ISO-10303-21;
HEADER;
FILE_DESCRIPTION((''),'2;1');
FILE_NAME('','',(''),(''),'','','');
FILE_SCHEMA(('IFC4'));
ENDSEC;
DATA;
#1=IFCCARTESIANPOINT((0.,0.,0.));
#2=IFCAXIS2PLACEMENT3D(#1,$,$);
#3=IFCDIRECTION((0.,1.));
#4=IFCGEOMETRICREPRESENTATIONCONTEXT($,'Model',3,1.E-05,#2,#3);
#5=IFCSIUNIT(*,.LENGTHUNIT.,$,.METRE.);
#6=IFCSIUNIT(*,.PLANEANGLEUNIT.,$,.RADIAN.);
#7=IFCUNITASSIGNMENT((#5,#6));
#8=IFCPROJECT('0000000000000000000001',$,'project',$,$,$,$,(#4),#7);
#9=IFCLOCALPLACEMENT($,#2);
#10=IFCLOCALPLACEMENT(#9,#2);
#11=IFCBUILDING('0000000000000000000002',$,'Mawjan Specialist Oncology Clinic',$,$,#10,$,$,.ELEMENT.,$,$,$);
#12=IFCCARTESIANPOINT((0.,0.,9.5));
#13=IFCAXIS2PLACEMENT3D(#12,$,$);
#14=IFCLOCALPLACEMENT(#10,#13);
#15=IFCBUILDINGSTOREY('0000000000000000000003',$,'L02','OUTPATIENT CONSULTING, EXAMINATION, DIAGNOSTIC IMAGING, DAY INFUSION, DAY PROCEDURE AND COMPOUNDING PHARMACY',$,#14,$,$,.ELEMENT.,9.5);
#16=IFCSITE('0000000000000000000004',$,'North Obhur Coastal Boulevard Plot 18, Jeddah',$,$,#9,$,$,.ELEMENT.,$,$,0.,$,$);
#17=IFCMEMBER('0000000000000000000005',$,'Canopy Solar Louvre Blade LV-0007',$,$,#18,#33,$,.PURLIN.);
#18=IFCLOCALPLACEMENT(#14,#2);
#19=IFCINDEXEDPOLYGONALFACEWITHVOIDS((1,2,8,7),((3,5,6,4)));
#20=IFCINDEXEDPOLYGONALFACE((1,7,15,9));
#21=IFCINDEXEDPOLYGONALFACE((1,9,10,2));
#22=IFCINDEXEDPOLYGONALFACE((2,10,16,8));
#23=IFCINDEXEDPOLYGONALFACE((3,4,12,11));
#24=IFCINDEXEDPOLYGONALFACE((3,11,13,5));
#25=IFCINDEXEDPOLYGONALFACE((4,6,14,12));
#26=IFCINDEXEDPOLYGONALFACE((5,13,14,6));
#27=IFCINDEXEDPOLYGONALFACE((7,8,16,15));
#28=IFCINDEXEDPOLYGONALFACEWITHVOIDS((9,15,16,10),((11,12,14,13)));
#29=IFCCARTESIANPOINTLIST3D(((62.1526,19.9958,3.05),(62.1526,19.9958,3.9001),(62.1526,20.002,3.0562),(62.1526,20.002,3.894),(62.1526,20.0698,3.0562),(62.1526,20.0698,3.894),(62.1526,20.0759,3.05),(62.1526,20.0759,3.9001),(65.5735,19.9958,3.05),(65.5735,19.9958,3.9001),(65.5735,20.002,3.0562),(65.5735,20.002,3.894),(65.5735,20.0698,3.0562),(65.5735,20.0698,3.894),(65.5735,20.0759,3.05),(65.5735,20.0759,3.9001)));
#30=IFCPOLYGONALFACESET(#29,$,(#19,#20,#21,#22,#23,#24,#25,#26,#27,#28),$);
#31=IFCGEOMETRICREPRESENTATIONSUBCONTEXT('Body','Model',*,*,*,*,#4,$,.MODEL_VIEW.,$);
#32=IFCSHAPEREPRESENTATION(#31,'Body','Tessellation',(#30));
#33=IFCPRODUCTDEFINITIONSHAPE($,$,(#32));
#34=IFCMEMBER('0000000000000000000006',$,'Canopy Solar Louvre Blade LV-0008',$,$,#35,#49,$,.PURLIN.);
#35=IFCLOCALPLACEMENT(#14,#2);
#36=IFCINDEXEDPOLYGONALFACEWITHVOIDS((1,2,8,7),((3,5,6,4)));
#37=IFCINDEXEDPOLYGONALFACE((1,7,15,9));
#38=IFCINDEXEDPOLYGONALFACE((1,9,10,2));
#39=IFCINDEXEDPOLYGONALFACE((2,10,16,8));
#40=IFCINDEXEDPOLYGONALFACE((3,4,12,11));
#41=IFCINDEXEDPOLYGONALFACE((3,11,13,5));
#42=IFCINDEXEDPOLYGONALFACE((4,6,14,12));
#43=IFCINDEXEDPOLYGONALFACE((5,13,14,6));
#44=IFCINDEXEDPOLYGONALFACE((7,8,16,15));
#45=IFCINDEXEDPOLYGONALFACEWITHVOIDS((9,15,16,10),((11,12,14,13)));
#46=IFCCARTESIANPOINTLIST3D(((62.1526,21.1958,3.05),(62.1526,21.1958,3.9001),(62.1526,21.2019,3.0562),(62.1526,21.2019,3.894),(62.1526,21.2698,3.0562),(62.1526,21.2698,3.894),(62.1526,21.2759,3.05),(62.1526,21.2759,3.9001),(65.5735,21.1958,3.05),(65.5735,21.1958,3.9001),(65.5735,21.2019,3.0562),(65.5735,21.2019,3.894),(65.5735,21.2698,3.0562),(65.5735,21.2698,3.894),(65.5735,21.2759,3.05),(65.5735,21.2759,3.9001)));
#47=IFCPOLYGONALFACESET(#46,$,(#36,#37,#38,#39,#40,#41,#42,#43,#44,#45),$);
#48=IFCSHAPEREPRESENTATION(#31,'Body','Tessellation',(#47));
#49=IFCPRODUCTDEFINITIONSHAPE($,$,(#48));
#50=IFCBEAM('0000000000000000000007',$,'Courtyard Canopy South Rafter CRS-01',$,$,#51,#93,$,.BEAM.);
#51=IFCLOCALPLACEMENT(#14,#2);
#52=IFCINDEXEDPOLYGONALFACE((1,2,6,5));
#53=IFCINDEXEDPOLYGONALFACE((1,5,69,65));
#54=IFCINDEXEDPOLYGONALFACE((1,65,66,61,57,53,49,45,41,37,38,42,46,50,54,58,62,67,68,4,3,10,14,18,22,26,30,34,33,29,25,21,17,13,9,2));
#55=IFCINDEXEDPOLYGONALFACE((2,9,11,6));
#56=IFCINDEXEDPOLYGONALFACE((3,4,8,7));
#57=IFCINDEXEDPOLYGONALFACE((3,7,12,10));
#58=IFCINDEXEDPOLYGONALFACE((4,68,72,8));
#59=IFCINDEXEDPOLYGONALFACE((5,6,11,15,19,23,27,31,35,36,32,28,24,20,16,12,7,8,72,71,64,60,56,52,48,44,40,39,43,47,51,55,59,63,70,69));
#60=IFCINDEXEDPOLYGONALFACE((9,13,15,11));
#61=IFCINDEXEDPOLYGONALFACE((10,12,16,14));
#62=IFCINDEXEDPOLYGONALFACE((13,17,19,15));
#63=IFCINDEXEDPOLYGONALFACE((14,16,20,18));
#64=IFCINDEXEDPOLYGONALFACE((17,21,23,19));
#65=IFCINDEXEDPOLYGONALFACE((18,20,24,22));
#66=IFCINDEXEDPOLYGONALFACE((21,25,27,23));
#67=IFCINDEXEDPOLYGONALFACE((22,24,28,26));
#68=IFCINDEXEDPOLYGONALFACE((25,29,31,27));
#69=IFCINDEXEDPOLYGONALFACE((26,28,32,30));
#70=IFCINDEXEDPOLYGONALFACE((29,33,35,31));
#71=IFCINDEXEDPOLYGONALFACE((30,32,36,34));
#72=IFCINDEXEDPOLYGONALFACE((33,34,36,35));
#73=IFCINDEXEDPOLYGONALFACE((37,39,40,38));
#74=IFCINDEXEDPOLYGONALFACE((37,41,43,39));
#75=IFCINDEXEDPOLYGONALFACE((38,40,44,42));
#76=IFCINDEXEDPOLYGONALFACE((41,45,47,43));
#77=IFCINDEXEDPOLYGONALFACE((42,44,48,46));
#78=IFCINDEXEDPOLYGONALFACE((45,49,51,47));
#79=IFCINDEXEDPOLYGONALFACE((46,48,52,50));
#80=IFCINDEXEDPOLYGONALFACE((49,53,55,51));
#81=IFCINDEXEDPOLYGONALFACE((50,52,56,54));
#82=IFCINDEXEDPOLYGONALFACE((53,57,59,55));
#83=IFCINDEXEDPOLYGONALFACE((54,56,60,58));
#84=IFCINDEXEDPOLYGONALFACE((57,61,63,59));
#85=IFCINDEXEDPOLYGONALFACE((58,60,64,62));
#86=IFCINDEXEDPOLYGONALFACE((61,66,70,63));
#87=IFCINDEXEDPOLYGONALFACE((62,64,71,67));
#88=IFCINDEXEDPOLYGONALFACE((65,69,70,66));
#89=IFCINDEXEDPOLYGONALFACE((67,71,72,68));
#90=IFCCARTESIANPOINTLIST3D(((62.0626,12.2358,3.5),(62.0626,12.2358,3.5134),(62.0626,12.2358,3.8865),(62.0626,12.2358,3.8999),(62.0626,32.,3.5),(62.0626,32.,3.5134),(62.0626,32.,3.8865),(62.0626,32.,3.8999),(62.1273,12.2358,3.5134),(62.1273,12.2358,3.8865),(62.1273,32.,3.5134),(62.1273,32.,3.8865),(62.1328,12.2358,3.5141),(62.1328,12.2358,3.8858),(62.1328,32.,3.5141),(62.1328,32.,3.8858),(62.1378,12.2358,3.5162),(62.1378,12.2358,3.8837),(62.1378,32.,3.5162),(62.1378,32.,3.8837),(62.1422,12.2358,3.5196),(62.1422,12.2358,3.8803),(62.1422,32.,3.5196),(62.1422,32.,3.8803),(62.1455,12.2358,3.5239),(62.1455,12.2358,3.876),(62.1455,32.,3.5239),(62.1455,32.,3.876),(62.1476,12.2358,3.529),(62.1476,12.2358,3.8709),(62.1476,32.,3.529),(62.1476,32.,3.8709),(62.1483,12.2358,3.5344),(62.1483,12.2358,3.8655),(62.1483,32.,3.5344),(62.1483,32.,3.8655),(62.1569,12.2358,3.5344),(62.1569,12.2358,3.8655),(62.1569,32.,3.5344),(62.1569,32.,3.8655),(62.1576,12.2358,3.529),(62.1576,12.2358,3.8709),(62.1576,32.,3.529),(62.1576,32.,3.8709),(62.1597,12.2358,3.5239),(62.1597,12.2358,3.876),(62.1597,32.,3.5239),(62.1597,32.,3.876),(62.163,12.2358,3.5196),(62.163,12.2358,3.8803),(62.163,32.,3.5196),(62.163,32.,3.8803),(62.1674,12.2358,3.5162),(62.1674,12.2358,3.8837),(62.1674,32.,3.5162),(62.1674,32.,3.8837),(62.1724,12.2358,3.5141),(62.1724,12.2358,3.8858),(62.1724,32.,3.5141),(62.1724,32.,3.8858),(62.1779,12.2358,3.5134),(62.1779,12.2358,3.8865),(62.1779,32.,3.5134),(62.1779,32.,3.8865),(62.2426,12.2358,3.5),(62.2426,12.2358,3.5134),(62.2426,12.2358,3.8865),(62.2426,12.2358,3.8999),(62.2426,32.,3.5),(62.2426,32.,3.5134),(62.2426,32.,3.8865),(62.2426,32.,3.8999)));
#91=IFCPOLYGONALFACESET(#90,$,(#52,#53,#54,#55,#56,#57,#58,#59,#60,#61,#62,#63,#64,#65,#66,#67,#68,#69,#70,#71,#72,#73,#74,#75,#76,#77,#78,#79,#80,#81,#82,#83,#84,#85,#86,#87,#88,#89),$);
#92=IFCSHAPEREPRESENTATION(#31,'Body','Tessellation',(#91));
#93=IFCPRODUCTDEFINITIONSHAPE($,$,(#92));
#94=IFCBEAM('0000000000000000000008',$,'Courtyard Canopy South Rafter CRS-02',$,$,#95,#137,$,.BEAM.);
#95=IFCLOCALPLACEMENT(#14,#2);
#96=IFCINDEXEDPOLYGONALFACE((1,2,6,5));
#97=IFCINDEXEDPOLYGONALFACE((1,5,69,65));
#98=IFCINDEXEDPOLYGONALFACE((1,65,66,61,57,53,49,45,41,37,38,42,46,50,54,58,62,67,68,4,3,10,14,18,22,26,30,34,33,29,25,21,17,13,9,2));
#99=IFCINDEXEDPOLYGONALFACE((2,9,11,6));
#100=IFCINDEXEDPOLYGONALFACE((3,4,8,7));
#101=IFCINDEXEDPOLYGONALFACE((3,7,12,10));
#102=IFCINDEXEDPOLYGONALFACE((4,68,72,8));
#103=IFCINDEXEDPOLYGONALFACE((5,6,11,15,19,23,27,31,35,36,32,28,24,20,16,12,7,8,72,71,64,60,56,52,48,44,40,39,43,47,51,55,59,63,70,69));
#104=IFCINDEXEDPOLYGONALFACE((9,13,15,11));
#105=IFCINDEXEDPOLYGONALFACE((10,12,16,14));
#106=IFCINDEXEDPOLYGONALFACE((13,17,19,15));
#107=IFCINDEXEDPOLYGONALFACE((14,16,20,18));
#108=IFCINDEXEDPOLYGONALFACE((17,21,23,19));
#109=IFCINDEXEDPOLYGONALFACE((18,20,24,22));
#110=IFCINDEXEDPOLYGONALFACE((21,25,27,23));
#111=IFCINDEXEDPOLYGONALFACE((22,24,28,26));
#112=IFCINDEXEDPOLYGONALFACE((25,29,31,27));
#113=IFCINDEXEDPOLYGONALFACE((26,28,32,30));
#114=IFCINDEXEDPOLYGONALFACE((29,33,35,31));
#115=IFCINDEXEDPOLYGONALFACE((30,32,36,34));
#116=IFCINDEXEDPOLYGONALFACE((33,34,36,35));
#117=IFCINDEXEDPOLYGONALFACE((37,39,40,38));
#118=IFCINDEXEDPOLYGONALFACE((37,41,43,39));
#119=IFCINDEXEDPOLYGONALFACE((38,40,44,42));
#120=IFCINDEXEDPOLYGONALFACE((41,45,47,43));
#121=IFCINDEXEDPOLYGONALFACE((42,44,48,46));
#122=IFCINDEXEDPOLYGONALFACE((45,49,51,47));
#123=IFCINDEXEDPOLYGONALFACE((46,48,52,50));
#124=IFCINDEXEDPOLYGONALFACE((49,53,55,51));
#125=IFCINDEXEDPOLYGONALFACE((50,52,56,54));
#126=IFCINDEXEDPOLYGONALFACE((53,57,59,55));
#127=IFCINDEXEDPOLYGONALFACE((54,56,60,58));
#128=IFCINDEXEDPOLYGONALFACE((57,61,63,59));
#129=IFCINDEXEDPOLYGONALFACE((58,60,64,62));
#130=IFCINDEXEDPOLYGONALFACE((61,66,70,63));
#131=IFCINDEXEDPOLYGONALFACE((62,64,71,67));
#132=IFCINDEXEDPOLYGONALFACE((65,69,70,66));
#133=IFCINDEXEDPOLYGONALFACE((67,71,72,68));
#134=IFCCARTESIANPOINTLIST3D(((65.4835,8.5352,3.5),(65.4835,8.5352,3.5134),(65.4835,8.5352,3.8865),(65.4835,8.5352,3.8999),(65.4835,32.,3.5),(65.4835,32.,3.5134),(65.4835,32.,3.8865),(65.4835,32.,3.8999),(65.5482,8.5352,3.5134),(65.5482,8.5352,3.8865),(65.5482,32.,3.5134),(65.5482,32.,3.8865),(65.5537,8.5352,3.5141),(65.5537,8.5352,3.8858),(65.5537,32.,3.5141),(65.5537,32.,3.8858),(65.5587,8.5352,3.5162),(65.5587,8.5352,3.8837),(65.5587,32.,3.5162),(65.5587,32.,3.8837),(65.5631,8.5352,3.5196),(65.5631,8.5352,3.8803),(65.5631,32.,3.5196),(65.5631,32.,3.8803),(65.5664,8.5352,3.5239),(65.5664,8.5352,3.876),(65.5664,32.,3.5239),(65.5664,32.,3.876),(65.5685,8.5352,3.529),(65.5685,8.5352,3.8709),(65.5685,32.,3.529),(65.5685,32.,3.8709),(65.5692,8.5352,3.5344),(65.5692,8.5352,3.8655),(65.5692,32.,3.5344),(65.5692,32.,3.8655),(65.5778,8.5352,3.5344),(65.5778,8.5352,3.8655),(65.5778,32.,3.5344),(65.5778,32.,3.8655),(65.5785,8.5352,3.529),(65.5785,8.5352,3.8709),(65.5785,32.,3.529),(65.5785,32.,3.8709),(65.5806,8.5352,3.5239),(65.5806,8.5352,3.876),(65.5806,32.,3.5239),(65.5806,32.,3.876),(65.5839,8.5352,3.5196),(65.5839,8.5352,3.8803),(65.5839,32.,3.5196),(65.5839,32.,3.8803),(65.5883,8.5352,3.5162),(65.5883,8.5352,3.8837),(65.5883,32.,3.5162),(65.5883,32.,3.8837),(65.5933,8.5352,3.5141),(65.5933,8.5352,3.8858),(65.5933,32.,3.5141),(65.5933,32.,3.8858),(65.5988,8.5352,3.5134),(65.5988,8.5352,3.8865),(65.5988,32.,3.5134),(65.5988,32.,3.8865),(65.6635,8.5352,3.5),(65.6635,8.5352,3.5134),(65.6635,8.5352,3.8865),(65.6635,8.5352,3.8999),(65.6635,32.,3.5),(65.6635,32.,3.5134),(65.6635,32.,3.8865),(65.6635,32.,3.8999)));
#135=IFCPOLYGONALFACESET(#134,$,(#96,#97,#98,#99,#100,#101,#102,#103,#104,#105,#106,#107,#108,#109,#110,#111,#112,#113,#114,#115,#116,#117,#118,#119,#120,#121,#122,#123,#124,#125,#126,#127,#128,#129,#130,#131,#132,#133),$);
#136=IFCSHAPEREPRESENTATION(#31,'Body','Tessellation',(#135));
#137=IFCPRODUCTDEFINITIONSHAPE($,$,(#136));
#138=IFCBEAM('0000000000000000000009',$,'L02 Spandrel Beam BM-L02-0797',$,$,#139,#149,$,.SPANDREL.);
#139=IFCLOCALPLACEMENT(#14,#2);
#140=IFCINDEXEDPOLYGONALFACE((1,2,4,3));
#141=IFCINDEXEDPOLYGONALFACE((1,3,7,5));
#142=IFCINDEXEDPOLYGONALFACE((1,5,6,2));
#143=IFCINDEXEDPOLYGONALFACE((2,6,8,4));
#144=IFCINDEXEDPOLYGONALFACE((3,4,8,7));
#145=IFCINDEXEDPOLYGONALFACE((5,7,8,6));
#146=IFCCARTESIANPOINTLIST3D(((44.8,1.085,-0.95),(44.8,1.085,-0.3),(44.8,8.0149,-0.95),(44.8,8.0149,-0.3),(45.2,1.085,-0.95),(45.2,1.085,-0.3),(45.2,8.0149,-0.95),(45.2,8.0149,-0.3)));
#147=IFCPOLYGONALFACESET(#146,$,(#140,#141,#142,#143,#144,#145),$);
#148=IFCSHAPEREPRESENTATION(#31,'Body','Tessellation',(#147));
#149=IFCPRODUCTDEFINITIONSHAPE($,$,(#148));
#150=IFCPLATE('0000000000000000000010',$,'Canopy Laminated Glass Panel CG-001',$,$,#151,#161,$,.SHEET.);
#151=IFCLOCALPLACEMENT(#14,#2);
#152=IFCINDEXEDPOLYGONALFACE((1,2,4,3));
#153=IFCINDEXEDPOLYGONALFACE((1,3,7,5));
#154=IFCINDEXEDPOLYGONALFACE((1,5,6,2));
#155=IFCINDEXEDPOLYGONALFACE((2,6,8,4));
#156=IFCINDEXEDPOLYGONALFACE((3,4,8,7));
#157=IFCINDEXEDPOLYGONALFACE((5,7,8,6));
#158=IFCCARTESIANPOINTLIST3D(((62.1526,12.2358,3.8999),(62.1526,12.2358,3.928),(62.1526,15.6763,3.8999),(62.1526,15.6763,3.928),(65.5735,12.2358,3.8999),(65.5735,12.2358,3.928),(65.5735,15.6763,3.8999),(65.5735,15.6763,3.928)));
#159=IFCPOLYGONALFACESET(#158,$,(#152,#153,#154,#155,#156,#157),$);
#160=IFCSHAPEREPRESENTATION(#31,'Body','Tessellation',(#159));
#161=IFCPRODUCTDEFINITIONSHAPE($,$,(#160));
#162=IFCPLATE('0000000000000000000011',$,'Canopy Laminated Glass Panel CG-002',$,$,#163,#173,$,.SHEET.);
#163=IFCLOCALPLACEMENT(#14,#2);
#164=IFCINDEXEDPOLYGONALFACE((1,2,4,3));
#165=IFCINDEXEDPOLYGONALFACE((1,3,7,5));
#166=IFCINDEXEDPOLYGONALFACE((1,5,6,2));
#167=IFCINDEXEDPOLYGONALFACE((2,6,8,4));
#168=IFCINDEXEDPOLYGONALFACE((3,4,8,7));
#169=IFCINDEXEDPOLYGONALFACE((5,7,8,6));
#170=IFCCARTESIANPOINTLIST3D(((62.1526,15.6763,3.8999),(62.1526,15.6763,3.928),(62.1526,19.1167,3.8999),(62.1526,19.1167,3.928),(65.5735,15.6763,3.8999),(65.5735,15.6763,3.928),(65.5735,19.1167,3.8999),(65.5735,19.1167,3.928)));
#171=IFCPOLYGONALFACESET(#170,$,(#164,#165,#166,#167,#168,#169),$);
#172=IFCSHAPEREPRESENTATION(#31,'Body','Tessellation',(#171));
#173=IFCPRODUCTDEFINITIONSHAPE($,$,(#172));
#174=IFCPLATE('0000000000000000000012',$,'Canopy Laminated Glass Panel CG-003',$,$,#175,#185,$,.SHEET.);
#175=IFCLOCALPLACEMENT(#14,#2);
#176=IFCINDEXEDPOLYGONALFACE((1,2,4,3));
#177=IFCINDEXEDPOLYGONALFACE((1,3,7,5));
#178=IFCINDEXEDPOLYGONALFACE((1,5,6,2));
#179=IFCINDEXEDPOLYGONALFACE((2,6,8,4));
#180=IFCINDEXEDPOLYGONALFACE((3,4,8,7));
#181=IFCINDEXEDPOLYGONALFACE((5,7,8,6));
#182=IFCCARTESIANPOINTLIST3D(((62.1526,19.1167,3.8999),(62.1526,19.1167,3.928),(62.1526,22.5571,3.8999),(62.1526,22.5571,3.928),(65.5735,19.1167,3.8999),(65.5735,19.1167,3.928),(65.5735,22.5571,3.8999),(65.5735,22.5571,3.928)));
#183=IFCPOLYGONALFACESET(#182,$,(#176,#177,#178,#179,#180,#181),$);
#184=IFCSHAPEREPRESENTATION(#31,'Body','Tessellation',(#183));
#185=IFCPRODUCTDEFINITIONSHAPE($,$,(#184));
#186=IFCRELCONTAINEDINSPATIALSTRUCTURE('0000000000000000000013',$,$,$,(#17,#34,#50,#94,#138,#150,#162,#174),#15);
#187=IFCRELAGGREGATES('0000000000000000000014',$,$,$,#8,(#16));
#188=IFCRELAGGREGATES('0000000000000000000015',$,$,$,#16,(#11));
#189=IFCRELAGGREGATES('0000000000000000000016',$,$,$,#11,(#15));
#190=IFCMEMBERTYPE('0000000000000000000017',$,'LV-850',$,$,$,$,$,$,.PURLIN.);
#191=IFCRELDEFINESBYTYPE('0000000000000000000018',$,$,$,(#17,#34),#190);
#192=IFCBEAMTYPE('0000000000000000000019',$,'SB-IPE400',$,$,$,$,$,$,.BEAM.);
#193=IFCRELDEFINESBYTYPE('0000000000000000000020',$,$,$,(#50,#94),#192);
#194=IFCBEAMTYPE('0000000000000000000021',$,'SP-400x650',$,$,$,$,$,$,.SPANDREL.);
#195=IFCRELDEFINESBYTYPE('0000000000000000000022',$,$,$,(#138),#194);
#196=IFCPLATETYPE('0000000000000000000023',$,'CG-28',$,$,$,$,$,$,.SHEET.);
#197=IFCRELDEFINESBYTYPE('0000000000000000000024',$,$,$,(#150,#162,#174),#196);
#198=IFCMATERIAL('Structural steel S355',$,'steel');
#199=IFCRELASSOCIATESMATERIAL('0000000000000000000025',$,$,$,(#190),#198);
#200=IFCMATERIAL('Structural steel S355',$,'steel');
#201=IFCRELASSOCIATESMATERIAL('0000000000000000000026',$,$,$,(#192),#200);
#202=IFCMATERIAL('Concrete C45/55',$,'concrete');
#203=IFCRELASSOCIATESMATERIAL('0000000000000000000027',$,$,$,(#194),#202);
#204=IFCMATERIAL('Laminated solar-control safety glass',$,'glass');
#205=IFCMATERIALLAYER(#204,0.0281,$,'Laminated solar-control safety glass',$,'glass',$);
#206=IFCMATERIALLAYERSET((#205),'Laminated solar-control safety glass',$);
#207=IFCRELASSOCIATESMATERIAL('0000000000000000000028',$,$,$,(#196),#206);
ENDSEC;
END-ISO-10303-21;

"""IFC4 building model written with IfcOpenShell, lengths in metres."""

from ifc_helpers import new_model, si_unit, direction, frame, origin, origin_2d, place, context, subcontext, project, spatial, rectangle, hollow_rectangle, i_section, extrude, material, layer, layer_set, material_profile, profile_set, type_object, element, save


model = new_model("IFC4")

# Units and contexts
model_context = context("Model", 3, precision=1e-05, world=origin(), true_north=direction((0.0, 1.0)))
body_context = subcontext(model_context, "Body", "Model", "MODEL_VIEW")
ifc_project = project(units=[si_unit("LENGTHUNIT", "METRE"), si_unit("PLANEANGLEUNIT", "RADIAN")], contexts=[model_context])

# Site, building, storey
site_placement = place(None, origin())
site = spatial("IfcSite", under=ifc_project, at=site_placement, Name="North Obhur Coastal Boulevard Plot 18, Jeddah", CompositionType="ELEMENT", RefElevation=0.0)
building_placement = place(site_placement, origin())
building = spatial("IfcBuilding", under=site, at=building_placement, Name="Mawjan Specialist Oncology Clinic", CompositionType="ELEMENT")
storey_placement = place(building_placement, frame((0.0, 0.0, 9.5)))
storey = spatial("IfcBuildingStorey", under=building, at=storey_placement, Name="L02", Description="OUTPATIENT CONSULTING, EXAMINATION, DIAGNOSTIC IMAGING, DAY INFUSION, DAY PROCEDURE AND COMPOUNDING PHARMACY", CompositionType="ELEMENT", Elevation=9.5)

# Members
ifc_material_1 = material(Name="Structural steel S355", Category="steel")
ifc_material_profile_1 = material_profile(ifc_material_1, hollow_rectangle(XDim=0.0801, YDim=0.8501, WallThickness=0.0061, at=origin_2d()), Name="LOUVRE 850x80x6", Category="steel")
ifc_profile_set_1 = profile_set([ifc_material_profile_1], Name="Structural steel S355")
member_type_1 = type_object("IfcMemberType", Name="LV-850", PredefinedType="PURLIN", material=ifc_profile_set_1)
for number, where, z_axis, x_axis, name in (
    (1, (62.1526, 20.0359, 3.4751), (1.0, 0.0, 0.0), (0.0, 1.0, 0.0), "Canopy Solar Louvre Blade LV-0007"),
    (2, (62.1526, 21.2358, 3.4751), (1.0, 0.0, 0.0), (0.0, 1.0, 0.0), "Canopy Solar Louvre Blade LV-0008"),
):
    element("IfcMember", number, at=place(storey_placement, frame(where, z_axis=z_axis, x_axis=x_axis)), inside=storey, type_object=member_type_1, Name=name, PredefinedType="PURLIN", context=body_context, shape_type="SweptSolid", body=[
        extrude(hollow_rectangle(XDim=0.0801, YDim=0.8501, WallThickness=0.0061, at=origin_2d()), origin(), (0.0, 0.0, 1.0), 3.4209),
    ])

# Beams
ifc_material_2 = material(Name="Structural steel S355", Category="steel")
ifc_material_profile_2 = material_profile(ifc_material_2, i_section(OverallWidth=0.1799, OverallDepth=0.3999, WebThickness=0.0085, FlangeThickness=0.0134, FilletRadius=0.021, at=origin_2d()), Name="IPE 400", Category="steel")
ifc_profile_set_2 = profile_set([ifc_material_profile_2], Name="Structural steel S355")
beam_type_1 = type_object("IfcBeamType", Name="SB-IPE400", PredefinedType="BEAM", material=ifc_profile_set_2)
beam_1_placement = place(storey_placement, frame((62.1526, 12.2358, 3.7), z_axis=(0.0, 1.0, 0.0), x_axis=(-1.0, 0.0, 0.0)))
element("IfcBeam", 3, at=beam_1_placement, inside=storey, type_object=beam_type_1, Name="Courtyard Canopy South Rafter CRS-01", PredefinedType="BEAM", context=body_context, shape_type="SweptSolid", body=[
    extrude(i_section(OverallWidth=0.1799, OverallDepth=0.3999, WebThickness=0.0085, FlangeThickness=0.0134, FilletRadius=0.021, at=origin_2d()), origin(), (0.0, 0.0, 1.0), 19.7642),
])
beam_2_placement = place(storey_placement, frame((65.5735, 8.5352, 3.7), z_axis=(0.0, 1.0, 0.0), x_axis=(-1.0, 0.0, 0.0)))
element("IfcBeam", 4, at=beam_2_placement, inside=storey, type_object=beam_type_1, Name="Courtyard Canopy South Rafter CRS-02", PredefinedType="BEAM", context=body_context, shape_type="SweptSolid", body=[
    extrude(i_section(OverallWidth=0.1799, OverallDepth=0.3999, WebThickness=0.0085, FlangeThickness=0.0134, FilletRadius=0.021, at=origin_2d()), origin(), (0.0, 0.0, 1.0), 23.4648),
])
ifc_material_3 = material(Name="Concrete C45/55", Category="concrete")
ifc_material_profile_3 = material_profile(ifc_material_3, rectangle(XDim=0.3999, YDim=0.6499, at=origin_2d()), Name="RC BM 400x650", Category="concrete")
ifc_profile_set_3 = profile_set([ifc_material_profile_3], Name="Concrete C45/55")
beam_type_2 = type_object("IfcBeamType", Name="SP-400x650", PredefinedType="SPANDREL", material=ifc_profile_set_3)
beam_3_placement = place(storey_placement, frame((45.0, 1.085, -0.625), z_axis=(0.0, 1.0, 0.0), x_axis=(-1.0, 0.0, 0.0)))
element("IfcBeam", 5, at=beam_3_placement, inside=storey, type_object=beam_type_2, Name="L02 Spandrel Beam BM-L02-0797", PredefinedType="SPANDREL", context=body_context, shape_type="SweptSolid", body=[
    extrude(rectangle(XDim=0.3999, YDim=0.6499, at=origin_2d()), origin(), (0.0, 0.0, 1.0), 6.9299),
])

# Plates
ifc_material_4 = material(Name="Laminated solar-control safety glass", Category="glass")
ifc_layer_1 = layer(ifc_material_4, 0.0281, Name="Laminated solar-control safety glass", Category="glass")
ifc_layer_set_1 = layer_set([ifc_layer_1], Name="Laminated solar-control safety glass")
plate_type_1 = type_object("IfcPlateType", Name="CG-28", PredefinedType="SHEET", material=ifc_layer_set_1)
for number, where, z_axis, x_axis, name in (
    (6, (63.863, 13.9561, 3.8999), (0.0, 0.0, 1.0), (1.0, 0.0, 0.0), "Canopy Laminated Glass Panel CG-001"),
    (7, (63.863, 17.3965, 3.8999), (0.0, 0.0, 1.0), (1.0, 0.0, 0.0), "Canopy Laminated Glass Panel CG-002"),
    (8, (63.863, 20.8369, 3.8999), (0.0, 0.0, 1.0), (1.0, 0.0, 0.0), "Canopy Laminated Glass Panel CG-003"),
):
    element("IfcPlate", number, at=place(storey_placement, frame(where, z_axis=z_axis, x_axis=x_axis)), inside=storey, type_object=plate_type_1, Name=name, PredefinedType="SHEET", context=body_context, shape_type="SweptSolid", body=[
        extrude(rectangle(XDim=3.4209, YDim=3.4404, at=origin_2d()), origin(), (0.0, 0.0, 1.0), 0.0281),
    ])

save(model, "model.ifc")
